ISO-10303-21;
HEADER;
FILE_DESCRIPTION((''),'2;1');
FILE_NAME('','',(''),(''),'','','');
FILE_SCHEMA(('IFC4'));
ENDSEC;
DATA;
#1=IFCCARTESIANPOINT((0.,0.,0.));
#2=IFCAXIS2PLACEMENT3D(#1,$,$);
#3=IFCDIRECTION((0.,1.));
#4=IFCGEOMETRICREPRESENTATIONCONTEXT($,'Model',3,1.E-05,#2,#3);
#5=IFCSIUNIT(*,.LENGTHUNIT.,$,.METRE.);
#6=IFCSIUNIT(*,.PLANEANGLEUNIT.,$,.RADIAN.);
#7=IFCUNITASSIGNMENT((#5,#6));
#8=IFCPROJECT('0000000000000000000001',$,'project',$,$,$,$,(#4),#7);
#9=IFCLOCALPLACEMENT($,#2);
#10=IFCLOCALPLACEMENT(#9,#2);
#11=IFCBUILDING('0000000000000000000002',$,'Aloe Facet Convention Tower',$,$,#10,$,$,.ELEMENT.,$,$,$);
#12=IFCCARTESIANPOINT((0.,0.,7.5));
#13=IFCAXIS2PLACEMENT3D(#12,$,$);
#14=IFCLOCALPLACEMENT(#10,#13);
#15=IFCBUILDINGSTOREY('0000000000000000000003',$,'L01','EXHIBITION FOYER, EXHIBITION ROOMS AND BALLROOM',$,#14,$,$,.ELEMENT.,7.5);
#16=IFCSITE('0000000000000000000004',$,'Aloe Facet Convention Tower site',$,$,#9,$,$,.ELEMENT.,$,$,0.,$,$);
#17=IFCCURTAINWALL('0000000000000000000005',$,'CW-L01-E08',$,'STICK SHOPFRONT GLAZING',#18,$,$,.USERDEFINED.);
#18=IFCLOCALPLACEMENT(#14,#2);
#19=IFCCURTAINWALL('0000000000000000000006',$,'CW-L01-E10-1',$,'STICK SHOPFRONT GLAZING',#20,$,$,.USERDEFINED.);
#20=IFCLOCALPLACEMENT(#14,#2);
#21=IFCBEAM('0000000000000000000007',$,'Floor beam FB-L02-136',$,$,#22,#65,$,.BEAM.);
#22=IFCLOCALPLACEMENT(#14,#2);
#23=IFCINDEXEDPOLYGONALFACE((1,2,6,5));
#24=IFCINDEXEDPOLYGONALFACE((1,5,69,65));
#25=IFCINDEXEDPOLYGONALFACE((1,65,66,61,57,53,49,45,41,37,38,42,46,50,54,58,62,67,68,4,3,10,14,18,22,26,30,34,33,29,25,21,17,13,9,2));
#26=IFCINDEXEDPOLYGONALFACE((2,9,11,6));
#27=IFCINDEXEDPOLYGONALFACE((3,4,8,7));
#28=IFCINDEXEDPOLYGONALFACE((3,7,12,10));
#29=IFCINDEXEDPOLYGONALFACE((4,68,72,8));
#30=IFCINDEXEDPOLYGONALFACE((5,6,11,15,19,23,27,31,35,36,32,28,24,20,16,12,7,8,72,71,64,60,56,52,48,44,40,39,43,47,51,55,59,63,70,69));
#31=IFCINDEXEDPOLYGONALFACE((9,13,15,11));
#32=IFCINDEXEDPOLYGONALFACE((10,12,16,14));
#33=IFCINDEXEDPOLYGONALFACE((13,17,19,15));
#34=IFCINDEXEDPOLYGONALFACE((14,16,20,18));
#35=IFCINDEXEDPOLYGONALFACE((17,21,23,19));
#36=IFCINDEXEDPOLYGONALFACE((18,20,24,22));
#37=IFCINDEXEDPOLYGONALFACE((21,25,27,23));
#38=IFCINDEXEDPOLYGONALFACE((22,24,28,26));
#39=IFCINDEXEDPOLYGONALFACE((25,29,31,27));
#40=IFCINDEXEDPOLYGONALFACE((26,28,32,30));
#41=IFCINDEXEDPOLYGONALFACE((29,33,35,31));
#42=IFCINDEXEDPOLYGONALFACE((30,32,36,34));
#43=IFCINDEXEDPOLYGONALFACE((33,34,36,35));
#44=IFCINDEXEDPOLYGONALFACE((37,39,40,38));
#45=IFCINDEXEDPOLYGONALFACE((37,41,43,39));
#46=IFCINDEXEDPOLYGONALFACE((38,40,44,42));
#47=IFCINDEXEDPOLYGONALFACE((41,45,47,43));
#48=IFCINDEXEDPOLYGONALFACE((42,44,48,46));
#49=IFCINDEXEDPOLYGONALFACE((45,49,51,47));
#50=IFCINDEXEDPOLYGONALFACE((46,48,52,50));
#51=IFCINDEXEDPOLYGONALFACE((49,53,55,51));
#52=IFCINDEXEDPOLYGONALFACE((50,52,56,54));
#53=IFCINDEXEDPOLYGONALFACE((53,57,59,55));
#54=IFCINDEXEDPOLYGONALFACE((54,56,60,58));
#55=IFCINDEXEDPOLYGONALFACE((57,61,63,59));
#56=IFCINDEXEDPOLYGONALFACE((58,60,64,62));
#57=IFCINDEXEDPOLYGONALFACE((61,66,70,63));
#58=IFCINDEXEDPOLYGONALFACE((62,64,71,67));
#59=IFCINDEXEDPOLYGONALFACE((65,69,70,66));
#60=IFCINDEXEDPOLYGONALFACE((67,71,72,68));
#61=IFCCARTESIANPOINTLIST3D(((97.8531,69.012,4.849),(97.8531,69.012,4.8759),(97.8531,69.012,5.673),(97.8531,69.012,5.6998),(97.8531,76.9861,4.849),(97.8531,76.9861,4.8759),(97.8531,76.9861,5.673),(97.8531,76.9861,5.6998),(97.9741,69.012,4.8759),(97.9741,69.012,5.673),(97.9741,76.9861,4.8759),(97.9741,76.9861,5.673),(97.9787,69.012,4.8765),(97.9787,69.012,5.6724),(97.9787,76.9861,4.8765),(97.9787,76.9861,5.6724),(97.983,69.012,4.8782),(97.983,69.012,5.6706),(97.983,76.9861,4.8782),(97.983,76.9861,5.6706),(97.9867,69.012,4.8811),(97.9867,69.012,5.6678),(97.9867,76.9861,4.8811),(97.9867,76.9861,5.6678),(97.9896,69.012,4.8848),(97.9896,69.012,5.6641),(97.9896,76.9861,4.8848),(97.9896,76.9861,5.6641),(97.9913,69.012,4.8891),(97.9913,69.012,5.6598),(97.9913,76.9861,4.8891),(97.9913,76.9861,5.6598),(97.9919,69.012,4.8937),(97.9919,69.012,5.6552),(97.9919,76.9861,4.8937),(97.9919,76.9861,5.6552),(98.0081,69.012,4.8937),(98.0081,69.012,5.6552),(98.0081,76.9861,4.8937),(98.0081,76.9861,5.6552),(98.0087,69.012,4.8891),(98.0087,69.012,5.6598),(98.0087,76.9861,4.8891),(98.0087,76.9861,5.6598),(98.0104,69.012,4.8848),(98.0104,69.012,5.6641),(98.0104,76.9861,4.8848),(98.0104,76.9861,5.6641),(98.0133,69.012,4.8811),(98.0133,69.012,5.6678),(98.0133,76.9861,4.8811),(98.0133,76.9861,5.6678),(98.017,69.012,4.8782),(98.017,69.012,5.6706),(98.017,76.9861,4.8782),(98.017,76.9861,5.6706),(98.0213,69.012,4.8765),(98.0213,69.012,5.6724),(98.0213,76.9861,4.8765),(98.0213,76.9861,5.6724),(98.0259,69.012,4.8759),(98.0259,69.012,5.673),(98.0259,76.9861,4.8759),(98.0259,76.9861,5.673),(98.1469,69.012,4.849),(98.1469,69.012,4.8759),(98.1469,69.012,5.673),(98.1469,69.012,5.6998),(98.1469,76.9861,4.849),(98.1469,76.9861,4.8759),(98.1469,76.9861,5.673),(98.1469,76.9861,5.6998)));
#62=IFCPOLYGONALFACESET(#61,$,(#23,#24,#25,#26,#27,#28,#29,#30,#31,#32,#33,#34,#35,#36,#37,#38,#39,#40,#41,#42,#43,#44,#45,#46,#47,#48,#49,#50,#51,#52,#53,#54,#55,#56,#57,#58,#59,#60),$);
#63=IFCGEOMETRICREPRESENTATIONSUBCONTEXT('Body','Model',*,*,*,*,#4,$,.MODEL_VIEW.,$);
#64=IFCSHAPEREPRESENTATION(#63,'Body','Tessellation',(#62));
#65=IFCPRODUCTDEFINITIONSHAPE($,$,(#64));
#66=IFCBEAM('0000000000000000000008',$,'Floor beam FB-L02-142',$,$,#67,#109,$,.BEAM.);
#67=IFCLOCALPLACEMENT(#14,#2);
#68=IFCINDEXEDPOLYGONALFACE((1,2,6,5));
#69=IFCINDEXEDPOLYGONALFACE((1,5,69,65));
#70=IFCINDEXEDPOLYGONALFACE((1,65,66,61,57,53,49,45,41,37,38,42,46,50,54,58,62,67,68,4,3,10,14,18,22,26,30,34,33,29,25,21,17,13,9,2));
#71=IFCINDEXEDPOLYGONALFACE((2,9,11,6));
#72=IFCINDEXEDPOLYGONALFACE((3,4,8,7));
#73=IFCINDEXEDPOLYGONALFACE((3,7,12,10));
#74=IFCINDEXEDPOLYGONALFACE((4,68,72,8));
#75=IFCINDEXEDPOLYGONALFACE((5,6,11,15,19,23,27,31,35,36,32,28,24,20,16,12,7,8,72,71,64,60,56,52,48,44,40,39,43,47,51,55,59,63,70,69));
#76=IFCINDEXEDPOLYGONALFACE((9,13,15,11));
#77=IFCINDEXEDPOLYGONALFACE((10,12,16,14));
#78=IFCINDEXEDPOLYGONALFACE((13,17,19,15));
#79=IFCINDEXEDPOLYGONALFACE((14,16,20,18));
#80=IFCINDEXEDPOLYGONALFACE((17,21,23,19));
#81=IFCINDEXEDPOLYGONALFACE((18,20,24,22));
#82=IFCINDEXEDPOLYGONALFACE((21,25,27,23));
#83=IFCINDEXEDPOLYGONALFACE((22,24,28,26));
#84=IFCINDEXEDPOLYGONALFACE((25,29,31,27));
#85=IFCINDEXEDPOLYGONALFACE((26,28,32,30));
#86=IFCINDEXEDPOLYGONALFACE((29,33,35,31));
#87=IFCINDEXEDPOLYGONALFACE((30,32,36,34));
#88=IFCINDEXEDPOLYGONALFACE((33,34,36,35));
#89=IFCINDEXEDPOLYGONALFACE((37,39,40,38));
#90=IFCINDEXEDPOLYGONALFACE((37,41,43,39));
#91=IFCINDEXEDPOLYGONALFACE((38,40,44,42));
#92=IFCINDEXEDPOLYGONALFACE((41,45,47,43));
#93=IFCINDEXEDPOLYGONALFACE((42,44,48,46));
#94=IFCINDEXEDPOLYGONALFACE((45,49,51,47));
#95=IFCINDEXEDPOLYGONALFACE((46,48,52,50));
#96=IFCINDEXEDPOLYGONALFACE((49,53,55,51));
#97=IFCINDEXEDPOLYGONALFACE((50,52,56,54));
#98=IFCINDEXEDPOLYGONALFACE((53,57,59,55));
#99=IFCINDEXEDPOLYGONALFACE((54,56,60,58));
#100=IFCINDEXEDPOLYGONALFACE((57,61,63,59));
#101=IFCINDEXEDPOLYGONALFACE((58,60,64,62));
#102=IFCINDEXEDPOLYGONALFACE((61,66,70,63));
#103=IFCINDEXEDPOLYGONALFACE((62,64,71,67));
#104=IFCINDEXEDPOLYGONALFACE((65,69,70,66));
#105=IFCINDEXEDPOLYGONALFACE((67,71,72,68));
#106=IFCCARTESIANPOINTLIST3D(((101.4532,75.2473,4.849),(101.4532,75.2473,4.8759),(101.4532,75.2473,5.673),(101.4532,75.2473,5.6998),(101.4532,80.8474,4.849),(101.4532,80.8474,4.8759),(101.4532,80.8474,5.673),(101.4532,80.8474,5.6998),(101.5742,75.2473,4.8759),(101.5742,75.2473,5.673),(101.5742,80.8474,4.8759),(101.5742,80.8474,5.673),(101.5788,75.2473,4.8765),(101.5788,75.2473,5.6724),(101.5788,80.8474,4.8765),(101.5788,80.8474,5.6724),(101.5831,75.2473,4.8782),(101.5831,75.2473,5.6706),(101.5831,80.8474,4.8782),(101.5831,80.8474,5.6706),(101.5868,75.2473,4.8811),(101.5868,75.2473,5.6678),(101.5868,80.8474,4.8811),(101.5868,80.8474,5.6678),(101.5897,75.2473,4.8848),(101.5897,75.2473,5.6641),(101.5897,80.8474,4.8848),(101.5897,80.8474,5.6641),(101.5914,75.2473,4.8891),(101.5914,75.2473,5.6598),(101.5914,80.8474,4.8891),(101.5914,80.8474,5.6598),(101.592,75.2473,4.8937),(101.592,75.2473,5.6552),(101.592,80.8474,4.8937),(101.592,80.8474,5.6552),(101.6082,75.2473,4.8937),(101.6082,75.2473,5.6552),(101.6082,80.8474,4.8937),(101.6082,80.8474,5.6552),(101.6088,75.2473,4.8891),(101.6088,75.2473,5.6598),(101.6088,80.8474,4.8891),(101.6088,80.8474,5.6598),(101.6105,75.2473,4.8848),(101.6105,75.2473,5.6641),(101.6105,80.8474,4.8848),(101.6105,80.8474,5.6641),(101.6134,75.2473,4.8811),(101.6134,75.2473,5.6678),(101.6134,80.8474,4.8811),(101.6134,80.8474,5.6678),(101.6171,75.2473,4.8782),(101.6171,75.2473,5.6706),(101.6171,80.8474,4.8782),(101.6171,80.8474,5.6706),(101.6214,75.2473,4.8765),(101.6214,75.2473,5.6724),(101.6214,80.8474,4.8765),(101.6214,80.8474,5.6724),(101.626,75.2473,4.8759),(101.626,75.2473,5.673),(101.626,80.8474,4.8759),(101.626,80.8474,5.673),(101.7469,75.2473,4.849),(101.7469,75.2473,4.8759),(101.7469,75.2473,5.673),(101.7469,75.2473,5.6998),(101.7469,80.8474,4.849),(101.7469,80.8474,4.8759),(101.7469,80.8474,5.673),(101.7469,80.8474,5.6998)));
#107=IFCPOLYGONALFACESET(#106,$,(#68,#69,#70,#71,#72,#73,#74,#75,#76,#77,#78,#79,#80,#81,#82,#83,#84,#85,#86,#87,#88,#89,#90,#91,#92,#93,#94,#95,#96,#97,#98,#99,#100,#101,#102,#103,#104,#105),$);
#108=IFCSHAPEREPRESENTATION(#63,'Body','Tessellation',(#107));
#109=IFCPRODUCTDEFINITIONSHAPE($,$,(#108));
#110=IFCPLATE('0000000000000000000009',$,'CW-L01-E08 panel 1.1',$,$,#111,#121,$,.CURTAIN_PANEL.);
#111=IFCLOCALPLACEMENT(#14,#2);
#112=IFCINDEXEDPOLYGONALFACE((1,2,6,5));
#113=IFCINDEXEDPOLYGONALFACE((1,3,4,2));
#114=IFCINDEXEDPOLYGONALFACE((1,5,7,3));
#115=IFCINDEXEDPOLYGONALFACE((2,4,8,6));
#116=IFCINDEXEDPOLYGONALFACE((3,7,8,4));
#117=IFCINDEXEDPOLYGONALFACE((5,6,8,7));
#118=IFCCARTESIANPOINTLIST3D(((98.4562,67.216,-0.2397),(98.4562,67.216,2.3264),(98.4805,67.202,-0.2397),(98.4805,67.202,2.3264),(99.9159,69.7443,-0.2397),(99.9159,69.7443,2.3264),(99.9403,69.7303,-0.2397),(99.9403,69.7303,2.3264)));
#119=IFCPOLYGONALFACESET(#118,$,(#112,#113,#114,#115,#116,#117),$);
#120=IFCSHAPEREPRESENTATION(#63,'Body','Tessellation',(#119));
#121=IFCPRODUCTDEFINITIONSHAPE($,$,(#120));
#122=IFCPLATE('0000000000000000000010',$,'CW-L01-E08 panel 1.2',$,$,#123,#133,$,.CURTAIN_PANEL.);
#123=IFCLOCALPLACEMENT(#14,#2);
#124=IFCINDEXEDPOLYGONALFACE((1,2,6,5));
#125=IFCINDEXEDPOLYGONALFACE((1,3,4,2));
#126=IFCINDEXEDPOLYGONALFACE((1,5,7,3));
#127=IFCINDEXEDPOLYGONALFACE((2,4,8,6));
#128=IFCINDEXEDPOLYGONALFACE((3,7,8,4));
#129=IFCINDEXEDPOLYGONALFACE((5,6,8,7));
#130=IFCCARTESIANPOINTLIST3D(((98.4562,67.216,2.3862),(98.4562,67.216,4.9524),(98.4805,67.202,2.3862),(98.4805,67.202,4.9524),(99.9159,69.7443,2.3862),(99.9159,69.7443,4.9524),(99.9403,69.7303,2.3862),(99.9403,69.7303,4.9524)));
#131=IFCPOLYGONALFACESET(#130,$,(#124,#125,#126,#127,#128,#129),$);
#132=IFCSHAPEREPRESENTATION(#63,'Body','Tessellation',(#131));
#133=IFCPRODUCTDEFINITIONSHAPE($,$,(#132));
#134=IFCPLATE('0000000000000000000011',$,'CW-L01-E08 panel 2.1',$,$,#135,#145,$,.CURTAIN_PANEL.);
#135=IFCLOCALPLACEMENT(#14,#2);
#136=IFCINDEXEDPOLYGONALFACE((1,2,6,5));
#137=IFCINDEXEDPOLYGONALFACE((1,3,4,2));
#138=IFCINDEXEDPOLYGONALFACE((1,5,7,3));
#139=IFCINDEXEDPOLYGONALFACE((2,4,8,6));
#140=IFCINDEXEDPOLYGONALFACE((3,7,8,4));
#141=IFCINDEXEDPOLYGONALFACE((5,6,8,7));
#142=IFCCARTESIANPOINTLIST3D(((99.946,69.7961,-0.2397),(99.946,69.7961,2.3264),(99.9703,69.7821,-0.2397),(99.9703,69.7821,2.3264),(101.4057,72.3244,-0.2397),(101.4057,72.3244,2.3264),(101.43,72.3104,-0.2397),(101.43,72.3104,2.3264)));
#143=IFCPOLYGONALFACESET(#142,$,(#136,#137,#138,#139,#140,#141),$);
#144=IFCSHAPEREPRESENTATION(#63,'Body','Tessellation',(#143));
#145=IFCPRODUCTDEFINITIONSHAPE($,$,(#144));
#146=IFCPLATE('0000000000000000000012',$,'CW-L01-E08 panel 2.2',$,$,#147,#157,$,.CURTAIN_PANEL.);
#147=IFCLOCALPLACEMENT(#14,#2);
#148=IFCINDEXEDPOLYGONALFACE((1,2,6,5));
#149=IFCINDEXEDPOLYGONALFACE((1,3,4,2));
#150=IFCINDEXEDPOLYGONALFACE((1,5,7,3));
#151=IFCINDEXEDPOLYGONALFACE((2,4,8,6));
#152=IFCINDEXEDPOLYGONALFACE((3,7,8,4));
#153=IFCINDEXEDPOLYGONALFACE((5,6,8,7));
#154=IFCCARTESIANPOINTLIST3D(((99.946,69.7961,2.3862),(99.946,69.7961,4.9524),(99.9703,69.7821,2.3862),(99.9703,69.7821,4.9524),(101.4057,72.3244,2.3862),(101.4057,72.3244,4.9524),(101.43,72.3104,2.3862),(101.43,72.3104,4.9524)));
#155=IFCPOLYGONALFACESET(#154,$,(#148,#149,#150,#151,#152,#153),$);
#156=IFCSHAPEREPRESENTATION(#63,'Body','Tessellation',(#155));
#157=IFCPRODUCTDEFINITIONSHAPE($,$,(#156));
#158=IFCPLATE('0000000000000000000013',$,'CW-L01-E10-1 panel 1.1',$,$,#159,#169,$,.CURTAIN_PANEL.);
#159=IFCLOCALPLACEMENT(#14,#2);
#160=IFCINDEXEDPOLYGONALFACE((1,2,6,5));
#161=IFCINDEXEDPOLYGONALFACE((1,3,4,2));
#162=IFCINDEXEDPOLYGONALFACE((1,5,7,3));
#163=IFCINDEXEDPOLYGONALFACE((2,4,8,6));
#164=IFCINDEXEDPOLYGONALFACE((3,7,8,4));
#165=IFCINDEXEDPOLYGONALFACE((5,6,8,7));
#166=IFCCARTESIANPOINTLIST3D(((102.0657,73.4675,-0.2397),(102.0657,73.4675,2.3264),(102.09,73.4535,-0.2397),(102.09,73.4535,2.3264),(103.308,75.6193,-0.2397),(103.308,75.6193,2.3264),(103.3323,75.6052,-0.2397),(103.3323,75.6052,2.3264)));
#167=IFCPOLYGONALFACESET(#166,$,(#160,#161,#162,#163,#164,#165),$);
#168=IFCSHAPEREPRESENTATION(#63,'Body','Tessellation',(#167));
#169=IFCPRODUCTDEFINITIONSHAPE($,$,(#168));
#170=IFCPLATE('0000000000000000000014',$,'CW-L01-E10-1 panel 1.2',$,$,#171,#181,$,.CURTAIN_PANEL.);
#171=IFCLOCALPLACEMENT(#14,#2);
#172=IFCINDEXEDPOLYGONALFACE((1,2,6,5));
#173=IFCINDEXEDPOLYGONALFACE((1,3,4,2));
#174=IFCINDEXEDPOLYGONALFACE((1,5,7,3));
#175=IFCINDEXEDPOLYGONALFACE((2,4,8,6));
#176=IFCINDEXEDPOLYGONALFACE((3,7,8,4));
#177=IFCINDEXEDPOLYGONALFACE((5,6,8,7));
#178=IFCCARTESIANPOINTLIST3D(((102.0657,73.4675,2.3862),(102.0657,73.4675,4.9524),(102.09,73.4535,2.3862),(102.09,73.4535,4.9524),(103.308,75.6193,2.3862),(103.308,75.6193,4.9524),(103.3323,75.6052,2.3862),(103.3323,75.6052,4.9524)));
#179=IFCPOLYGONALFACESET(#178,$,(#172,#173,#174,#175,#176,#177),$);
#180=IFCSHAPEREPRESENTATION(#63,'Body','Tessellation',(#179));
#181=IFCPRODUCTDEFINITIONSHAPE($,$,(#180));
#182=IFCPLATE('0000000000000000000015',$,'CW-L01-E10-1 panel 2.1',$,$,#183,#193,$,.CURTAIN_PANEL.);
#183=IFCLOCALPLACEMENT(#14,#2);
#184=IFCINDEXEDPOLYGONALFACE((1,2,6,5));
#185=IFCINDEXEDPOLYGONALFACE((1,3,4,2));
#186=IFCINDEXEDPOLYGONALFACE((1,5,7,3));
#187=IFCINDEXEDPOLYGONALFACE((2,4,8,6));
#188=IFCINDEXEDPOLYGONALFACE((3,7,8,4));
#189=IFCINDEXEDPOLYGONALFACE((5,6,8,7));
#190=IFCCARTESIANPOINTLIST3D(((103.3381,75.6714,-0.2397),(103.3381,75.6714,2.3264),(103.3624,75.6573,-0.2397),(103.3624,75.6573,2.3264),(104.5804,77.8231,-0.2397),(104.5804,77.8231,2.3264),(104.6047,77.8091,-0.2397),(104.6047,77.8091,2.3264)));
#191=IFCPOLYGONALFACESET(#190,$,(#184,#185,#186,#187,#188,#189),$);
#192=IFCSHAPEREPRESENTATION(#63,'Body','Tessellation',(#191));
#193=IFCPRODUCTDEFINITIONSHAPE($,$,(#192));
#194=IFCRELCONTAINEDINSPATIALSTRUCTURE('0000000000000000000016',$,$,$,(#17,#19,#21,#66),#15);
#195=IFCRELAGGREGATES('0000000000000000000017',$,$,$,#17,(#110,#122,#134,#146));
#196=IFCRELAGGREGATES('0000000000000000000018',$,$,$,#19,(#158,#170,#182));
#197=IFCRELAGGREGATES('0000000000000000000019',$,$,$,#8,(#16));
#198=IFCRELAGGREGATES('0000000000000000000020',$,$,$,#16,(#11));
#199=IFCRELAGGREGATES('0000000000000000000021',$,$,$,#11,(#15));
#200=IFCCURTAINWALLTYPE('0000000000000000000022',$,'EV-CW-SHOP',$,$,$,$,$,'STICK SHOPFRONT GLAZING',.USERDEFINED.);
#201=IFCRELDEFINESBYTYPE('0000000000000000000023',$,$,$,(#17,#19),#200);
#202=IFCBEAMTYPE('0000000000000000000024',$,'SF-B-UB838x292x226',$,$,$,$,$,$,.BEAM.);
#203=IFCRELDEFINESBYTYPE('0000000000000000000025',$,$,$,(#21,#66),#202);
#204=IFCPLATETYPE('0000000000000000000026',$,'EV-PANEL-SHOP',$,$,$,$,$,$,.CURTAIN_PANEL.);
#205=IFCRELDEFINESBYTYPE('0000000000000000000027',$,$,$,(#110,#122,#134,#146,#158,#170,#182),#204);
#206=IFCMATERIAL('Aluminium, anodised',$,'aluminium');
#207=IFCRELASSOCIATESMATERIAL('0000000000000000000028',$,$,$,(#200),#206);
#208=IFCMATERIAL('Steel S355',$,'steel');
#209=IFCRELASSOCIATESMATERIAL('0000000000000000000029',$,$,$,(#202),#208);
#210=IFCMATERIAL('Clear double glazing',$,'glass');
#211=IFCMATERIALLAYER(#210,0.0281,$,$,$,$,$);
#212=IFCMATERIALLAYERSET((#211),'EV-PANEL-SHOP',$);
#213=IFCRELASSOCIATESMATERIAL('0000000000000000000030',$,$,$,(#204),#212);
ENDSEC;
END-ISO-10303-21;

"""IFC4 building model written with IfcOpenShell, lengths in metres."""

from ifc_helpers import new_model, si_unit, direction, frame, origin, origin_2d, place, context, subcontext, project, spatial, rectangle, i_section, extrude, material, layer, layer_set, material_profile, profile_set, type_object, element, aggregate, save


model = new_model("IFC4")

# Units and contexts
model_context = context("Model", 3, precision=1e-05, world=origin(), true_north=direction((0.0, 1.0)))
body_context = subcontext(model_context, "Body", "Model", "MODEL_VIEW")
ifc_project = project(units=[si_unit("LENGTHUNIT", "METRE"), si_unit("PLANEANGLEUNIT", "RADIAN")], contexts=[model_context])

# Site, building, storey
site_placement = place(None, origin())
site = spatial("IfcSite", under=ifc_project, at=site_placement, Name="Aloe Facet Convention Tower site", CompositionType="ELEMENT", RefElevation=0.0)
building_placement = place(site_placement, origin())
building = spatial("IfcBuilding", under=site, at=building_placement, Name="Aloe Facet Convention Tower", CompositionType="ELEMENT")
storey_placement = place(building_placement, frame((0.0, 0.0, 7.5)))
storey = spatial("IfcBuildingStorey", under=building, at=storey_placement, Name="L01", Description="EXHIBITION FOYER, EXHIBITION ROOMS AND BALLROOM", CompositionType="ELEMENT", Elevation=7.5)

# Shared definitions
ifc_material_1 = material(Name="Aluminium, anodised", Category="aluminium")
curtain_wall_type = type_object("IfcCurtainWallType", Name="EV-CW-SHOP", ElementType="STICK SHOPFRONT GLAZING", PredefinedType="USERDEFINED", material=ifc_material_1)

# Curtain walls
curtain_wall_1_placement = place(storey_placement, origin())
curtain_wall_1 = element("IfcCurtainWall", 1, at=curtain_wall_1_placement, inside=storey, type_object=curtain_wall_type, Name="CW-L01-E08", ObjectType="STICK SHOPFRONT GLAZING", PredefinedType="USERDEFINED")
curtain_wall_2_placement = place(storey_placement, origin())
curtain_wall_2 = element("IfcCurtainWall", 2, at=curtain_wall_2_placement, inside=storey, type_object=curtain_wall_type, Name="CW-L01-E10-1", ObjectType="STICK SHOPFRONT GLAZING", PredefinedType="USERDEFINED")

# Beams
ifc_material_2 = material(Name="Steel S355", Category="steel")
ifc_material_profile_1 = material_profile(ifc_material_2, i_section(OverallWidth=0.2937, OverallDepth=0.8508, WebThickness=0.0161, FlangeThickness=0.0269, FilletRadius=0.0178, at=origin_2d()), Name="UB 838x292x226")
ifc_profile_set_1 = profile_set([ifc_material_profile_1], Name="Steel S355")
beam_type_1 = type_object("IfcBeamType", Name="SF-B-UB838x292x226", PredefinedType="BEAM", material=ifc_profile_set_1)
beam_1_placement = place(storey_placement, frame((98.0, 69.012, 5.2744), z_axis=(0.0, 1.0, 0.0), x_axis=(-1.0, 0.0, 0.0)))
element("IfcBeam", 3, at=beam_1_placement, inside=storey, type_object=beam_type_1, Name="Floor beam FB-L02-136", PredefinedType="BEAM", context=body_context, shape_type="SweptSolid", body=[
    extrude(i_section(OverallWidth=0.2937, OverallDepth=0.8508, WebThickness=0.0161, FlangeThickness=0.0269, FilletRadius=0.0178, at=origin_2d()), origin(), (0.0, 0.0, 1.0), 7.9741),
])
beam_2_placement = place(storey_placement, frame((101.6001, 75.2473, 5.2744), z_axis=(0.0, 1.0, 0.0), x_axis=(-1.0, 0.0, 0.0)))
element("IfcBeam", 4, at=beam_2_placement, inside=storey, type_object=beam_type_1, Name="Floor beam FB-L02-142", PredefinedType="BEAM", context=body_context, shape_type="SweptSolid", body=[
    extrude(i_section(OverallWidth=0.2937, OverallDepth=0.8508, WebThickness=0.0161, FlangeThickness=0.0269, FilletRadius=0.0178, at=origin_2d()), origin(), (0.0, 0.0, 1.0), 5.6001),
])

# Plates
ifc_material_3 = material(Name="Clear double glazing", Category="glass")
ifc_layer_1 = layer(ifc_material_3, 0.0281)
ifc_layer_set_1 = layer_set([ifc_layer_1], Name="EV-PANEL-SHOP")
plate_type = type_object("IfcPlateType", Name="EV-PANEL-SHOP", PredefinedType="CURTAIN_PANEL", material=ifc_layer_set_1)
plate_1_placement = place(storey_placement, frame((99.1982, 68.4731, -0.2397), z_axis=(0.0, 0.0, 1.0), x_axis=(0.5, 0.866025, 0.0)))
plate_1 = element("IfcPlate", 5, at=plate_1_placement, type_object=plate_type, Name="CW-L01-E08 panel 1.1", PredefinedType="CURTAIN_PANEL", context=body_context, shape_type="SweptSolid", body=[
    extrude(rectangle(XDim=2.9194, YDim=0.0281, at=origin_2d()), origin(), (0.0, 0.0, 1.0), 2.5662),
])
plate_2_placement = place(storey_placement, frame((99.1982, 68.4731, 2.3862), z_axis=(0.0, 0.0, 1.0), x_axis=(0.5, 0.866025, 0.0)))
plate_2 = element("IfcPlate", 6, at=plate_2_placement, type_object=plate_type, Name="CW-L01-E08 panel 1.2", PredefinedType="CURTAIN_PANEL", context=body_context, shape_type="SweptSolid", body=[
    extrude(rectangle(XDim=2.9194, YDim=0.0281, at=origin_2d()), origin(), (0.0, 0.0, 1.0), 2.5662),
])
plate_3_placement = place(storey_placement, frame((100.688, 71.0532, -0.2397), z_axis=(0.0, 0.0, 1.0), x_axis=(0.5, 0.866025, 0.0)))
plate_3 = element("IfcPlate", 7, at=plate_3_placement, type_object=plate_type, Name="CW-L01-E08 panel 2.1", PredefinedType="CURTAIN_PANEL", context=body_context, shape_type="SweptSolid", body=[
    extrude(rectangle(XDim=2.9194, YDim=0.0281, at=origin_2d()), origin(), (0.0, 0.0, 1.0), 2.5662),
])
plate_4_placement = place(storey_placement, frame((100.688, 71.0532, 2.3862), z_axis=(0.0, 0.0, 1.0), x_axis=(0.5, 0.866025, 0.0)))
plate_4 = element("IfcPlate", 8, at=plate_4_placement, type_object=plate_type, Name="CW-L01-E08 panel 2.2", PredefinedType="CURTAIN_PANEL", context=body_context, shape_type="SweptSolid", body=[
    extrude(rectangle(XDim=2.9194, YDim=0.0281, at=origin_2d()), origin(), (0.0, 0.0, 1.0), 2.5662),
])
aggregate(curtain_wall_1, [plate_1, plate_2, plate_3, plate_4])
plate_5_placement = place(storey_placement, frame((102.699, 74.5364, -0.2397), z_axis=(0.0, 0.0, 1.0), x_axis=(0.5, 0.866025, 0.0)))
plate_5 = element("IfcPlate", 9, at=plate_5_placement, type_object=plate_type, Name="CW-L01-E10-1 panel 1.1", PredefinedType="CURTAIN_PANEL", context=body_context, shape_type="SweptSolid", body=[
    extrude(rectangle(XDim=2.4846, YDim=0.0281, at=origin_2d()), origin(), (0.0, 0.0, 1.0), 2.5662),
])
plate_6_placement = place(storey_placement, frame((102.699, 74.5364, 2.3862), z_axis=(0.0, 0.0, 1.0), x_axis=(0.5, 0.866025, 0.0)))
plate_6 = element("IfcPlate", 10, at=plate_6_placement, type_object=plate_type, Name="CW-L01-E10-1 panel 1.2", PredefinedType="CURTAIN_PANEL", context=body_context, shape_type="SweptSolid", body=[
    extrude(rectangle(XDim=2.4846, YDim=0.0281, at=origin_2d()), origin(), (0.0, 0.0, 1.0), 2.5662),
])
plate_7_placement = place(storey_placement, frame((103.9714, 76.7402, -0.2397), z_axis=(0.0, 0.0, 1.0), x_axis=(0.5, 0.866025, 0.0)))
plate_7 = element("IfcPlate", 11, at=plate_7_placement, type_object=plate_type, Name="CW-L01-E10-1 panel 2.1", PredefinedType="CURTAIN_PANEL", context=body_context, shape_type="SweptSolid", body=[
    extrude(rectangle(XDim=2.4846, YDim=0.0281, at=origin_2d()), origin(), (0.0, 0.0, 1.0), 2.5662),
])
aggregate(curtain_wall_2, [plate_5, plate_6, plate_7])

save(model, "model.ifc")
